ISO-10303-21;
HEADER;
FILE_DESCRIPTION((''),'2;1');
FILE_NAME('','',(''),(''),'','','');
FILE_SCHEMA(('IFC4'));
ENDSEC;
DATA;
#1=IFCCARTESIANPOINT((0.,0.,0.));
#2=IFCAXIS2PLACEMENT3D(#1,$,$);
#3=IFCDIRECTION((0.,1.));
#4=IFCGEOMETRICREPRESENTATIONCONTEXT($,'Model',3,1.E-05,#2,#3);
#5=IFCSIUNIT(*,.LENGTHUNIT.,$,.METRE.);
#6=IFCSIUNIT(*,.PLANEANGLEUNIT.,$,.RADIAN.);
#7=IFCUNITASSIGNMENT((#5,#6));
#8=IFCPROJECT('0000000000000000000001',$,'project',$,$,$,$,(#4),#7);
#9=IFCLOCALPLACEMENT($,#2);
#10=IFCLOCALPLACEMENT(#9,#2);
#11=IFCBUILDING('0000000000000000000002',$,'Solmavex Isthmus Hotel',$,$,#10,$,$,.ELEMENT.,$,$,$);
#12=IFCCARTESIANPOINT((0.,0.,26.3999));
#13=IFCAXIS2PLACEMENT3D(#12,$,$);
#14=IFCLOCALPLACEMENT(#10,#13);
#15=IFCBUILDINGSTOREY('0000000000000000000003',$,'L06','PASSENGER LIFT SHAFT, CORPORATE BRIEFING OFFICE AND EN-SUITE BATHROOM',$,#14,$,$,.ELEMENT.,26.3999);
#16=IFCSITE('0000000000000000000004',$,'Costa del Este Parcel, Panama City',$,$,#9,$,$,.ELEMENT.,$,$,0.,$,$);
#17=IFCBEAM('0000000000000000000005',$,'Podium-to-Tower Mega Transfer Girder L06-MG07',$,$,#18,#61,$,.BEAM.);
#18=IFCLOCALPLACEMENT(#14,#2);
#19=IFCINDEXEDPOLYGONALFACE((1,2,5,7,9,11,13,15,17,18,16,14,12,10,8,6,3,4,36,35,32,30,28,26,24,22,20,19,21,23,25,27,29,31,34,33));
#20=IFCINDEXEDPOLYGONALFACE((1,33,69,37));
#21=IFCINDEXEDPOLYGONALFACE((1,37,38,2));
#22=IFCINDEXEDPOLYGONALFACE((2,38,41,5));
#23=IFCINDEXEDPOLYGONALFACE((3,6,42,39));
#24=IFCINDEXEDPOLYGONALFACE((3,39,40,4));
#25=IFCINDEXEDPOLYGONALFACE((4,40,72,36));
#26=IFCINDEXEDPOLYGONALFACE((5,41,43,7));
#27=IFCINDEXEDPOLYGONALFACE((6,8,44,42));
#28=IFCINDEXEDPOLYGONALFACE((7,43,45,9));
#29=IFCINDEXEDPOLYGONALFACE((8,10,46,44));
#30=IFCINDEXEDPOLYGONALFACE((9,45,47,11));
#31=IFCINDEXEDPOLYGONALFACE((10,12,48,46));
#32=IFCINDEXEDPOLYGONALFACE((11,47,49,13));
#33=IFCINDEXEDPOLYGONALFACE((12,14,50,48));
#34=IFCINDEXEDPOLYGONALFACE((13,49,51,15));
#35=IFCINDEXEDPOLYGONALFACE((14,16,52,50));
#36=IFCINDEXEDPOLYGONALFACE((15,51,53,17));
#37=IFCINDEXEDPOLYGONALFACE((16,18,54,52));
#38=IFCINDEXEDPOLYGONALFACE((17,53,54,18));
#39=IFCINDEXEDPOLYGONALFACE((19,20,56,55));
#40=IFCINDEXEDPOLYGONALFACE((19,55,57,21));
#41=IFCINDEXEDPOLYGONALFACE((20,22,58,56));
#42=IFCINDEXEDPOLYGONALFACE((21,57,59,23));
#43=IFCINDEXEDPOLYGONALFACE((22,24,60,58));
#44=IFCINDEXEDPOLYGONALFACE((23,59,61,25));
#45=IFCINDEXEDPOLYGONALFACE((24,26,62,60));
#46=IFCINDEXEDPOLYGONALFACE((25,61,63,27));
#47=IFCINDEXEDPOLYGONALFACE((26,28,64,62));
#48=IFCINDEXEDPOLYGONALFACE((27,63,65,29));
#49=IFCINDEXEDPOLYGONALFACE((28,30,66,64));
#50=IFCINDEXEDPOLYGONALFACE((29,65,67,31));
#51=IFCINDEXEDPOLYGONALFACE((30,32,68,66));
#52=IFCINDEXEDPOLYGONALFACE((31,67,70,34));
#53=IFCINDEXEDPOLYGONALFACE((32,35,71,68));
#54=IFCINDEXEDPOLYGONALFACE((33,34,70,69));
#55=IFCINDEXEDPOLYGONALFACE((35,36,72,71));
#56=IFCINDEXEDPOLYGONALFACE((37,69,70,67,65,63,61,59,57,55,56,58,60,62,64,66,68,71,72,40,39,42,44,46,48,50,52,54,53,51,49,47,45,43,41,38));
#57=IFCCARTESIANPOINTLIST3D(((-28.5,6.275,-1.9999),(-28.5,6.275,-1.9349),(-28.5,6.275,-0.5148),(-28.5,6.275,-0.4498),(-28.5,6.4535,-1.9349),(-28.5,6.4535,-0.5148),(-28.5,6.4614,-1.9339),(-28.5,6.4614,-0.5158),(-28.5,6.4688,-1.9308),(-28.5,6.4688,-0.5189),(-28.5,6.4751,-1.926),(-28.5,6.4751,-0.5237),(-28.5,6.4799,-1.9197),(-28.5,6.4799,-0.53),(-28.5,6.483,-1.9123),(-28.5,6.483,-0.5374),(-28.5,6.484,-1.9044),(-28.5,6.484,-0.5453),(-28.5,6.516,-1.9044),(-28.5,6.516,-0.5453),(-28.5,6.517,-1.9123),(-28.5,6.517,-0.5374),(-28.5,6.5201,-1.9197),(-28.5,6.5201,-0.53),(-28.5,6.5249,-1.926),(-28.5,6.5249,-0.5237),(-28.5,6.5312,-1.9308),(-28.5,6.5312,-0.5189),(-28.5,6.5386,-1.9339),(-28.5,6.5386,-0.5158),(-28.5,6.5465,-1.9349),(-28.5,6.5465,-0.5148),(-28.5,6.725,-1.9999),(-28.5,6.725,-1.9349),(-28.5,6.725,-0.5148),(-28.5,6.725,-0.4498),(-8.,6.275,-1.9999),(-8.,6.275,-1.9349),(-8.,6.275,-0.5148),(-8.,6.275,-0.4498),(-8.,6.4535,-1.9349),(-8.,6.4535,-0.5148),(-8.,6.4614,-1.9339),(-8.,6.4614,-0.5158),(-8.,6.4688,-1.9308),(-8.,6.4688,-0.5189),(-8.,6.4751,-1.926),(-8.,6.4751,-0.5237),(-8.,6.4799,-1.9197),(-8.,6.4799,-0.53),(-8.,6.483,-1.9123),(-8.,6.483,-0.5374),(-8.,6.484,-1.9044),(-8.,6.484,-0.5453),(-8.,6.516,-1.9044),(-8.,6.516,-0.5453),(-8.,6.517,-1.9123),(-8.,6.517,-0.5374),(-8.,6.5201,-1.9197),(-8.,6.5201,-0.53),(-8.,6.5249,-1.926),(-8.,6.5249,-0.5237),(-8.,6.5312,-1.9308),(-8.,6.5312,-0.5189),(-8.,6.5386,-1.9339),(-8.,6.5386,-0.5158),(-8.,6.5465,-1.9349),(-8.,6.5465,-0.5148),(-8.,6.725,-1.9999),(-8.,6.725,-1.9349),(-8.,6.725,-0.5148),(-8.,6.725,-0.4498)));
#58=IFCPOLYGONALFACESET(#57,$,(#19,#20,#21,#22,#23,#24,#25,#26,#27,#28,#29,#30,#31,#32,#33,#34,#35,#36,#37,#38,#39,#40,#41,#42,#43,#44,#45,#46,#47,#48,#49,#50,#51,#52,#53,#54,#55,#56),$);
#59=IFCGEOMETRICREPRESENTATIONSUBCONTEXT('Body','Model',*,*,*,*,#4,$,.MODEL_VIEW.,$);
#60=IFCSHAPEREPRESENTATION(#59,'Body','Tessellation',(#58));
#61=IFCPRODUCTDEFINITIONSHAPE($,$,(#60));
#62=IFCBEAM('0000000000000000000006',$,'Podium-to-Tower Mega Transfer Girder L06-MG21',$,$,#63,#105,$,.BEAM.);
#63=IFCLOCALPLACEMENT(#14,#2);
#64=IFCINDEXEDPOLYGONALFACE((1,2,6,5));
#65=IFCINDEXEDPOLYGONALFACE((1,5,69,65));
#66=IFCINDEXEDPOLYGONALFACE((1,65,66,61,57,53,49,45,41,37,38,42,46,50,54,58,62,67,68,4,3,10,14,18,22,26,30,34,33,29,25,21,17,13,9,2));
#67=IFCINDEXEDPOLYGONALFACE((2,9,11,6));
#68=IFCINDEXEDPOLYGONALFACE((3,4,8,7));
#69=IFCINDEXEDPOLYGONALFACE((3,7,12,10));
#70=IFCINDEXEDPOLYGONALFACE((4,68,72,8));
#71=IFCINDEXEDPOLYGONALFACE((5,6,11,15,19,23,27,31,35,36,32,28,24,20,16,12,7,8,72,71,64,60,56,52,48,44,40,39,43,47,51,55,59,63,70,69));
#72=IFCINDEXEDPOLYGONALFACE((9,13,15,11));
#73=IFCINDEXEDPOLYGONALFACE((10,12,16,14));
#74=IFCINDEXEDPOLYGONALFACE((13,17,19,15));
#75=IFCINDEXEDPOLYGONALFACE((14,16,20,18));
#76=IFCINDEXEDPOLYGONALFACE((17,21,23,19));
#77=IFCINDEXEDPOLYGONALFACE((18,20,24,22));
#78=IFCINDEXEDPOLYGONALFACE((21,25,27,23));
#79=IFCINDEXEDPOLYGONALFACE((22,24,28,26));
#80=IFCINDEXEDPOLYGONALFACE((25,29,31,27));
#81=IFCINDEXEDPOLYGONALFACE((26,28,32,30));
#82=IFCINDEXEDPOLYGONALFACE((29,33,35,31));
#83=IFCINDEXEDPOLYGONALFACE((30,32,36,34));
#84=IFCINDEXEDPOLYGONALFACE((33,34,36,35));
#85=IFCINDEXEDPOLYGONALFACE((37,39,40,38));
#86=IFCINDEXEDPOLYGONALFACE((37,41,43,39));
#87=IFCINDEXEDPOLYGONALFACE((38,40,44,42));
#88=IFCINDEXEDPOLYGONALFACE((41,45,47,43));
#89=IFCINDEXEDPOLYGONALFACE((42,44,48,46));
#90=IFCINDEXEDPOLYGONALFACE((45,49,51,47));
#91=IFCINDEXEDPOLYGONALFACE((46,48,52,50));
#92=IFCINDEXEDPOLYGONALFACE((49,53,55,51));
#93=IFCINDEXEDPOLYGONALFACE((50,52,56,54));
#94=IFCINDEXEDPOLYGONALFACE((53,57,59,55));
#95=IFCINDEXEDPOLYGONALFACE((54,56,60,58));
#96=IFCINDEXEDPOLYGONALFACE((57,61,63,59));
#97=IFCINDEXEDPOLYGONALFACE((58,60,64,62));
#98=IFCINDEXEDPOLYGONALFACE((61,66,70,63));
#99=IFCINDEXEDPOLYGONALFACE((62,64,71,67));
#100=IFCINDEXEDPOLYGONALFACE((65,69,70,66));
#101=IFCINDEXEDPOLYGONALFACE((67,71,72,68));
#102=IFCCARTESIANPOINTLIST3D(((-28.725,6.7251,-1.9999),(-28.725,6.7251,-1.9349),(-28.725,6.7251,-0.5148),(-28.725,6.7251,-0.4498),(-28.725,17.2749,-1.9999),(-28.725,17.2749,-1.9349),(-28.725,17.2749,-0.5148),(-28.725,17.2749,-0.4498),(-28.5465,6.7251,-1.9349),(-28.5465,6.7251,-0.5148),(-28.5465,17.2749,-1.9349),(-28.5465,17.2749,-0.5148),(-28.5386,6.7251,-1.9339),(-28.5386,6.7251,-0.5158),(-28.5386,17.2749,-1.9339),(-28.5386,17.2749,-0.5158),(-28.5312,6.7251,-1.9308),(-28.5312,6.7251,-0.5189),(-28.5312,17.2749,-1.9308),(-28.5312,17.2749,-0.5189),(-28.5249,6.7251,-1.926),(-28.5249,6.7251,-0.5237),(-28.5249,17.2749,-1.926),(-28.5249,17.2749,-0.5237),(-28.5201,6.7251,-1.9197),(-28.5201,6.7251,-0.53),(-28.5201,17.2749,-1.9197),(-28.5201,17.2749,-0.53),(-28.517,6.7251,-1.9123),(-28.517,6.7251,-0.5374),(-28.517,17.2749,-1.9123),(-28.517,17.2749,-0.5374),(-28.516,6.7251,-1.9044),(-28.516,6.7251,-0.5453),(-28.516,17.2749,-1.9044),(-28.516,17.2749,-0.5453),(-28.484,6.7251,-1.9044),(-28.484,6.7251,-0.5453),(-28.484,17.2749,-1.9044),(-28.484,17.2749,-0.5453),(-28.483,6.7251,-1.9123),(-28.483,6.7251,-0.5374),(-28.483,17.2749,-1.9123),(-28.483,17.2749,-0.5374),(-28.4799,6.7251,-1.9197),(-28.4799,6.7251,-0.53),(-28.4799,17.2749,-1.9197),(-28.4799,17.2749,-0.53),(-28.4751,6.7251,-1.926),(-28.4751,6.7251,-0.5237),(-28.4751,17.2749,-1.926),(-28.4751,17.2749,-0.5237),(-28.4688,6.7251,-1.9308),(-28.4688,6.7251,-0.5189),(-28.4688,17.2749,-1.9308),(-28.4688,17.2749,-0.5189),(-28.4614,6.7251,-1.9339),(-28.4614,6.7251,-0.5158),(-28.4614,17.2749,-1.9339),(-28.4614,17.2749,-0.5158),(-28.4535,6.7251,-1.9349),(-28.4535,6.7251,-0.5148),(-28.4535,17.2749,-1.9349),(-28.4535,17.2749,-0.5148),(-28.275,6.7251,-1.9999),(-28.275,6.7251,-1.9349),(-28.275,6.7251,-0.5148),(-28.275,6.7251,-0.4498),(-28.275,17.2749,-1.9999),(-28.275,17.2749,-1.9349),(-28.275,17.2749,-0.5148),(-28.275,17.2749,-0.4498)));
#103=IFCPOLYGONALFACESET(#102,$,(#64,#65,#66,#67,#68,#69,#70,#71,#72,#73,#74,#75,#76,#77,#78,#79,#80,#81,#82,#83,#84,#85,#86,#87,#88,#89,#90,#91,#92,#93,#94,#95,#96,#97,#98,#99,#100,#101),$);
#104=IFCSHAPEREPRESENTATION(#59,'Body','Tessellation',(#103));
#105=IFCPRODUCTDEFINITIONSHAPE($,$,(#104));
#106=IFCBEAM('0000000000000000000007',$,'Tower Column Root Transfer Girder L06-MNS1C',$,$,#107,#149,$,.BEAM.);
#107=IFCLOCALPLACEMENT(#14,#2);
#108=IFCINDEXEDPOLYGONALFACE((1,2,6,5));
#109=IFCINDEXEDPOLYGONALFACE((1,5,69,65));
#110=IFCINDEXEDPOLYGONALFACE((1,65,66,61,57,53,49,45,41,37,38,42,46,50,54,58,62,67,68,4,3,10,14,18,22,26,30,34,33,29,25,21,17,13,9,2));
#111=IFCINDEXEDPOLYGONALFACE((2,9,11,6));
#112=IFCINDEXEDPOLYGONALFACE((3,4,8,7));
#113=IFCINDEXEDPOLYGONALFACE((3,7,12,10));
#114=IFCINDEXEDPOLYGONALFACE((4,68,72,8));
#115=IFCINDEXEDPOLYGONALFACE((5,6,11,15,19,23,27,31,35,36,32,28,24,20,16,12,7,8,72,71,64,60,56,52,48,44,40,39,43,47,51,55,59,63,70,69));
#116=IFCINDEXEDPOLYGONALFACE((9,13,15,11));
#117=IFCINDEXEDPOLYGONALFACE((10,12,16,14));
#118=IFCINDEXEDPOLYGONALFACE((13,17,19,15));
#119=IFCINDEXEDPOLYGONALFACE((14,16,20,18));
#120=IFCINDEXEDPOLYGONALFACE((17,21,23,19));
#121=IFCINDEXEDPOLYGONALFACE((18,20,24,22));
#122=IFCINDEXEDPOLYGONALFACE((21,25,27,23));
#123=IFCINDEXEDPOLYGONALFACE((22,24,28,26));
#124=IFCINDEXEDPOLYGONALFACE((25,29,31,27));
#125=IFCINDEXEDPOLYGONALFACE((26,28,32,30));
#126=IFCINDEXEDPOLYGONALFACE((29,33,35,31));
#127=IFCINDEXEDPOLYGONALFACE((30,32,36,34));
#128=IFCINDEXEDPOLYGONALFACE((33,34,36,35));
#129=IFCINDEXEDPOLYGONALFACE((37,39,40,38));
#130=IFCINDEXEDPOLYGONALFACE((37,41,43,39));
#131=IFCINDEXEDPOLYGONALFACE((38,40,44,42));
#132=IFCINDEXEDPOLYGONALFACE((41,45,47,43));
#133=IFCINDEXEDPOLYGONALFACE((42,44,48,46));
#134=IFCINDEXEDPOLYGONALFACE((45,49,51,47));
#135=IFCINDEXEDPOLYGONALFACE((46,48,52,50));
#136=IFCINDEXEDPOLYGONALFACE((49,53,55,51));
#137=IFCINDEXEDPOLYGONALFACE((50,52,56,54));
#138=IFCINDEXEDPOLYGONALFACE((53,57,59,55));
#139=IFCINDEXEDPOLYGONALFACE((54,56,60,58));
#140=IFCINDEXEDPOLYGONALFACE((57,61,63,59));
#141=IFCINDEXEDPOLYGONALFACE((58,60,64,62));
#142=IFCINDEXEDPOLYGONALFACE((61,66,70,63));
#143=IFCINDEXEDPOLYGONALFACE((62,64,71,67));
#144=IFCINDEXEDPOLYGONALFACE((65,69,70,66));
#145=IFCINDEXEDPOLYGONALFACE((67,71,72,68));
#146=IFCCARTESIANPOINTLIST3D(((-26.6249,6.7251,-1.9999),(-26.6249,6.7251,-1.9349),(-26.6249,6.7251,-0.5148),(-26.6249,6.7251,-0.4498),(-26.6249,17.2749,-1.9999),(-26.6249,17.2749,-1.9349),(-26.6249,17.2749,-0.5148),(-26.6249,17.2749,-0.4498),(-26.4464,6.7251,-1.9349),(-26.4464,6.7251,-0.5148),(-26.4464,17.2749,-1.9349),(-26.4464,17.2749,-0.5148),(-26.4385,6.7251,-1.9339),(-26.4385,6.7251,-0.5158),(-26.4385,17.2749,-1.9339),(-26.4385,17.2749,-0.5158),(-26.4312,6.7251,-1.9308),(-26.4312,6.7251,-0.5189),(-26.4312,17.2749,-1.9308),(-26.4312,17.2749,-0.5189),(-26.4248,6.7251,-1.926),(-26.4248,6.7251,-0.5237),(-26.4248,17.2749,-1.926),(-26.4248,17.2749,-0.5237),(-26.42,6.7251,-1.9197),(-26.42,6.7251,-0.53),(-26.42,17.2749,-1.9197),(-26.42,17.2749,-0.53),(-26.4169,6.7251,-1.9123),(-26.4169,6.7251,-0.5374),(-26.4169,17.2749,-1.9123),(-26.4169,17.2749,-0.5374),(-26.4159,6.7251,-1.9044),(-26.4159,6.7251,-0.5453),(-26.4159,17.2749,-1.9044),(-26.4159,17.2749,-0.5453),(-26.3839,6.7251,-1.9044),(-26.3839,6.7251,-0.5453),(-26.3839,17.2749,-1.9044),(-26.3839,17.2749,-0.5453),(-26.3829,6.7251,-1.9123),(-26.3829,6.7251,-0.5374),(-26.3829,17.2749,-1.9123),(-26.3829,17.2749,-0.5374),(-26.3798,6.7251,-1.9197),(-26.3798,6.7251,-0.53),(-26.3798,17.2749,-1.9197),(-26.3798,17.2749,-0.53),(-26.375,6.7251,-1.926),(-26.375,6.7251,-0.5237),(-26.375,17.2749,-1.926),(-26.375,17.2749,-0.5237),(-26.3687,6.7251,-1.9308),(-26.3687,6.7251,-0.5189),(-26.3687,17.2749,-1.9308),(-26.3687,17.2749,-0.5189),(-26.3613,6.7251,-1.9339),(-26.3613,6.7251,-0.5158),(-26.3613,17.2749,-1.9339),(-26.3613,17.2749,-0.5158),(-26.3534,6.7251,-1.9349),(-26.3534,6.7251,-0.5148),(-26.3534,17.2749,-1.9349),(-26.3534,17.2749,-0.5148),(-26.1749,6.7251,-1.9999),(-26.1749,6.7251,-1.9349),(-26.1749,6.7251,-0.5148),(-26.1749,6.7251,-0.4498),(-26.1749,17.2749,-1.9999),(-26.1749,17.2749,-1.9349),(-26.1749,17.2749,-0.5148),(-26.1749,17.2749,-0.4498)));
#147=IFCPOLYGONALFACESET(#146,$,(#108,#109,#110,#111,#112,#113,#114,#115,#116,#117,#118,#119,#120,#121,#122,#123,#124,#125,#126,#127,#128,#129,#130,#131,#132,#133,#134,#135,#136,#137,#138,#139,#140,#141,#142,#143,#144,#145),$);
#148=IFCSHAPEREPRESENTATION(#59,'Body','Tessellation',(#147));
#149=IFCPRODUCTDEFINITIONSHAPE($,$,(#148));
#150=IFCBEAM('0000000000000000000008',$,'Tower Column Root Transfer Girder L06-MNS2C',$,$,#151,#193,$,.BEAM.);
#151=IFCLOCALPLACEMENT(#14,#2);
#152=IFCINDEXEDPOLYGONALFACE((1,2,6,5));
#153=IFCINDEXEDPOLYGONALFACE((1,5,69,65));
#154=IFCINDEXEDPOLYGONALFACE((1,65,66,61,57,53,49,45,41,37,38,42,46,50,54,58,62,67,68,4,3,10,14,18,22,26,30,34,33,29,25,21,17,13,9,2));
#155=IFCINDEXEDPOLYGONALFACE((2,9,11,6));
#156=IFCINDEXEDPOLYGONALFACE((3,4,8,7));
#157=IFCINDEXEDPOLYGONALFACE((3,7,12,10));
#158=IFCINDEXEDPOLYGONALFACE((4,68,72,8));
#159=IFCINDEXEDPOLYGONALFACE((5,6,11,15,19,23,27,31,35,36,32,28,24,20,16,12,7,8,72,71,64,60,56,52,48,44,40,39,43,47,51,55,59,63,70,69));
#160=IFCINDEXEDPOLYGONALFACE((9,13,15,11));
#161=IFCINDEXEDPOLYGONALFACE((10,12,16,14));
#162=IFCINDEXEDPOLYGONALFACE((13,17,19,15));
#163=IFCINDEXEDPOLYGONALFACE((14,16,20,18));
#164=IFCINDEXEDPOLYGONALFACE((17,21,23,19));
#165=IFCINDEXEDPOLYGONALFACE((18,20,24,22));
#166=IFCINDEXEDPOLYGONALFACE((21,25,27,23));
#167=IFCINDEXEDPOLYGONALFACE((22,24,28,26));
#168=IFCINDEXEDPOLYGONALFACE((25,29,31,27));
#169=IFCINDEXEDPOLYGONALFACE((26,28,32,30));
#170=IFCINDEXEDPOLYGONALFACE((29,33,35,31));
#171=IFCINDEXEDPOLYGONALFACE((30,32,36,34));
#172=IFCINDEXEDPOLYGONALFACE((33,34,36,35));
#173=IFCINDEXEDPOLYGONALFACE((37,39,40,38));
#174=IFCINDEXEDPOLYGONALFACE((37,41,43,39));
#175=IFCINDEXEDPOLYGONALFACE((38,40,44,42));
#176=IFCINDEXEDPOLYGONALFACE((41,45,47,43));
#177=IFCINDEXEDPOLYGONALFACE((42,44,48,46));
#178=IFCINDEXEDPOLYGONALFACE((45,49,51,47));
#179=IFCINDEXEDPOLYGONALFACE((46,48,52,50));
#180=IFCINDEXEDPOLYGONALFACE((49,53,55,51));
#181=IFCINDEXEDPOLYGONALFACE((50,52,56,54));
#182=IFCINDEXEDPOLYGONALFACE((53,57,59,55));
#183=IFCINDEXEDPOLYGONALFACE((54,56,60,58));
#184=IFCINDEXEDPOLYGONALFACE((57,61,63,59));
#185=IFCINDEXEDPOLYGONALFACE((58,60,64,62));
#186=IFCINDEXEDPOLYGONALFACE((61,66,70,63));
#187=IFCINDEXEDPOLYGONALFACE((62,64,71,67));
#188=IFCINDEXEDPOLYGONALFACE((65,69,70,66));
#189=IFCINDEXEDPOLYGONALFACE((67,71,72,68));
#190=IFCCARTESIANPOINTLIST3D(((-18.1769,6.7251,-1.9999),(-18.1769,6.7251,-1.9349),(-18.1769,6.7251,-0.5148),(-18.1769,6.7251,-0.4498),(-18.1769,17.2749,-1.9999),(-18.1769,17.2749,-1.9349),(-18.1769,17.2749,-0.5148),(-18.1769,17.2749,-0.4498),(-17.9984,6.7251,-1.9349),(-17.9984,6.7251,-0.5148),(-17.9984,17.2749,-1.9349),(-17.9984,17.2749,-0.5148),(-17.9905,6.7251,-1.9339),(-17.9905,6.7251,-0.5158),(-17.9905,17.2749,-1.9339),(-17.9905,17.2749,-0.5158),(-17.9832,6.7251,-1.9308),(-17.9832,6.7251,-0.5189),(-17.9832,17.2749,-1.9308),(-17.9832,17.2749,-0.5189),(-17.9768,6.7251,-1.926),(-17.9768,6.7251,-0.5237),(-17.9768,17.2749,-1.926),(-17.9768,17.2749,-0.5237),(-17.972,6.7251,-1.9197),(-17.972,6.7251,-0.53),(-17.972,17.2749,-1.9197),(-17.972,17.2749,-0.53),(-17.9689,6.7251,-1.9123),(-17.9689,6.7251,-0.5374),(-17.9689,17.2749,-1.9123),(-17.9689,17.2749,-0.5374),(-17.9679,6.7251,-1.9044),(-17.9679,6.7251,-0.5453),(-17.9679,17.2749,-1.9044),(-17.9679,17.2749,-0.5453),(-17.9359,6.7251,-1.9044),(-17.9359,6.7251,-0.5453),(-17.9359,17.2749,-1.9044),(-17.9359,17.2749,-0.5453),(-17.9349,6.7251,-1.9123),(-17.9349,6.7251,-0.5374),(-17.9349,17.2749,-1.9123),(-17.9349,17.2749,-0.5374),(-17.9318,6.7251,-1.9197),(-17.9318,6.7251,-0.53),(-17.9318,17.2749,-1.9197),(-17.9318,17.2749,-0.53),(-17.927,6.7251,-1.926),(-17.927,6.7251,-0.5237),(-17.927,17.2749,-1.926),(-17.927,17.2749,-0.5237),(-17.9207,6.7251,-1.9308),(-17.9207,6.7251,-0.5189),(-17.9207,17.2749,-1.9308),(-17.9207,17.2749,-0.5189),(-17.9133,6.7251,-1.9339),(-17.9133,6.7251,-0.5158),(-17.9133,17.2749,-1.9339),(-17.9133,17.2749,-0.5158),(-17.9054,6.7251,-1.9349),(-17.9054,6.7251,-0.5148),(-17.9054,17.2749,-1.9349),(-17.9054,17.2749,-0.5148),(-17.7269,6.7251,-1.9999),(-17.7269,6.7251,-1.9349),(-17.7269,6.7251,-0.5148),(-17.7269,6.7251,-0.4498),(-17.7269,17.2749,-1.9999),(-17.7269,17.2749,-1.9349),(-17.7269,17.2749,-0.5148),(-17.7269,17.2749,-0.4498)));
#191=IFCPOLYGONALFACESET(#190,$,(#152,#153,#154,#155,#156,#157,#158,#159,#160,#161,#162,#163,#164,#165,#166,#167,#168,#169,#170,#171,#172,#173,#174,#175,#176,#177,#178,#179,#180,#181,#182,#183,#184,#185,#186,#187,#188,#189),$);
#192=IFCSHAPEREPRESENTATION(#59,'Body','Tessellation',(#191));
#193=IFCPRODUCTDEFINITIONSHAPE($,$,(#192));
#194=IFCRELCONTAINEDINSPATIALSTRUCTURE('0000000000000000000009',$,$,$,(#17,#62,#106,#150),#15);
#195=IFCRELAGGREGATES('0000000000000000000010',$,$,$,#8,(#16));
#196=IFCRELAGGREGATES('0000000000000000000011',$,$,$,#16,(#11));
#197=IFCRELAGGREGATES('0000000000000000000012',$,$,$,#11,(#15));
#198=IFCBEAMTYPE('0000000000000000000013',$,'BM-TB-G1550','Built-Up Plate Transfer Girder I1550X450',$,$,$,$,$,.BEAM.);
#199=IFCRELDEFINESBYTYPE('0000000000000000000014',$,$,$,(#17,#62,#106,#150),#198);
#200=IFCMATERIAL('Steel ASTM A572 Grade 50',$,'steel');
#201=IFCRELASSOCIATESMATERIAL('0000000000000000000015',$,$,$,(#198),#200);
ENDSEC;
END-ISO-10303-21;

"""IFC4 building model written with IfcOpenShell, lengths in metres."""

from ifc_helpers import new_model, si_unit, direction, frame, origin, origin_2d, place, context, subcontext, project, spatial, i_section, extrude, material, material_profile, profile_set, type_object, element, save


model = new_model("IFC4")

# Units and contexts
model_context = context("Model", 3, precision=1e-05, world=origin(), true_north=direction((0.0, 1.0)))
body_context = subcontext(model_context, "Body", "Model", "MODEL_VIEW")
ifc_project = project(units=[si_unit("LENGTHUNIT", "METRE"), si_unit("PLANEANGLEUNIT", "RADIAN")], contexts=[model_context])

# Site, building, storey
site_placement = place(None, origin())
site = spatial("IfcSite", under=ifc_project, at=site_placement, Name="Costa del Este Parcel, Panama City", CompositionType="ELEMENT", RefElevation=0.0)
building_placement = place(site_placement, origin())
building = spatial("IfcBuilding", under=site, at=building_placement, Name="Solmavex Isthmus Hotel", CompositionType="ELEMENT")
storey_placement = place(building_placement, frame((0.0, 0.0, 26.3999)))
storey = spatial("IfcBuildingStorey", under=building, at=storey_placement, Name="L06", Description="PASSENGER LIFT SHAFT, CORPORATE BRIEFING OFFICE AND EN-SUITE BATHROOM", CompositionType="ELEMENT", Elevation=26.3999)

# Beams
ifc_material_1 = material(Name="Steel ASTM A572 Grade 50", Category="steel")
ifc_material_profile_1 = material_profile(ifc_material_1, i_section(OverallWidth=0.45, OverallDepth=1.55, WebThickness=0.032, FlangeThickness=0.0649, FilletRadius=0.0305, at=origin_2d()), Name="I1550X450")
ifc_profile_set_1 = profile_set([ifc_material_profile_1], Name="Steel ASTM A572 Grade 50")
beam_type_1 = type_object("IfcBeamType", Name="BM-TB-G1550", Description="Built-Up Plate Transfer Girder I1550X450", PredefinedType="BEAM", material=ifc_profile_set_1)
beam_1_placement = place(storey_placement, frame((-28.5, 6.5, -1.2249), z_axis=(1.0, 0.0, 0.0), x_axis=(0.0, 1.0, 0.0)))
element("IfcBeam", 1, at=beam_1_placement, inside=storey, type_object=beam_type_1, Name="Podium-to-Tower Mega Transfer Girder L06-MG07", PredefinedType="BEAM", context=body_context, shape_type="SweptSolid", body=[
    extrude(i_section(OverallWidth=0.45, OverallDepth=1.55, WebThickness=0.032, FlangeThickness=0.0649, FilletRadius=0.0305, at=origin_2d()), origin(), (0.0, 0.0, 1.0), 20.5),
])
for number, where, z_axis, x_axis, name in (
    (2, (-28.5, 6.7251, -1.2249), (0.0, 1.0, 0.0), (-1.0, 0.0, 0.0), "Podium-to-Tower Mega Transfer Girder L06-MG21"),
    (3, (-26.3999, 6.7251, -1.2249), (0.0, 1.0, 0.0), (-1.0, 0.0, 0.0), "Tower Column Root Transfer Girder L06-MNS1C"),
    (4, (-17.9519, 6.7251, -1.2249), (0.0, 1.0, 0.0), (-1.0, 0.0, 0.0), "Tower Column Root Transfer Girder L06-MNS2C"),
):
    element("IfcBeam", number, at=place(storey_placement, frame(where, z_axis=z_axis, x_axis=x_axis)), inside=storey, type_object=beam_type_1, Name=name, PredefinedType="BEAM", context=body_context, shape_type="SweptSolid", body=[
        extrude(i_section(OverallWidth=0.45, OverallDepth=1.55, WebThickness=0.032, FlangeThickness=0.0649, FilletRadius=0.0305, at=origin_2d()), origin(), (0.0, 0.0, 1.0), 10.5498),
    ])

save(model, "model.ifc")
